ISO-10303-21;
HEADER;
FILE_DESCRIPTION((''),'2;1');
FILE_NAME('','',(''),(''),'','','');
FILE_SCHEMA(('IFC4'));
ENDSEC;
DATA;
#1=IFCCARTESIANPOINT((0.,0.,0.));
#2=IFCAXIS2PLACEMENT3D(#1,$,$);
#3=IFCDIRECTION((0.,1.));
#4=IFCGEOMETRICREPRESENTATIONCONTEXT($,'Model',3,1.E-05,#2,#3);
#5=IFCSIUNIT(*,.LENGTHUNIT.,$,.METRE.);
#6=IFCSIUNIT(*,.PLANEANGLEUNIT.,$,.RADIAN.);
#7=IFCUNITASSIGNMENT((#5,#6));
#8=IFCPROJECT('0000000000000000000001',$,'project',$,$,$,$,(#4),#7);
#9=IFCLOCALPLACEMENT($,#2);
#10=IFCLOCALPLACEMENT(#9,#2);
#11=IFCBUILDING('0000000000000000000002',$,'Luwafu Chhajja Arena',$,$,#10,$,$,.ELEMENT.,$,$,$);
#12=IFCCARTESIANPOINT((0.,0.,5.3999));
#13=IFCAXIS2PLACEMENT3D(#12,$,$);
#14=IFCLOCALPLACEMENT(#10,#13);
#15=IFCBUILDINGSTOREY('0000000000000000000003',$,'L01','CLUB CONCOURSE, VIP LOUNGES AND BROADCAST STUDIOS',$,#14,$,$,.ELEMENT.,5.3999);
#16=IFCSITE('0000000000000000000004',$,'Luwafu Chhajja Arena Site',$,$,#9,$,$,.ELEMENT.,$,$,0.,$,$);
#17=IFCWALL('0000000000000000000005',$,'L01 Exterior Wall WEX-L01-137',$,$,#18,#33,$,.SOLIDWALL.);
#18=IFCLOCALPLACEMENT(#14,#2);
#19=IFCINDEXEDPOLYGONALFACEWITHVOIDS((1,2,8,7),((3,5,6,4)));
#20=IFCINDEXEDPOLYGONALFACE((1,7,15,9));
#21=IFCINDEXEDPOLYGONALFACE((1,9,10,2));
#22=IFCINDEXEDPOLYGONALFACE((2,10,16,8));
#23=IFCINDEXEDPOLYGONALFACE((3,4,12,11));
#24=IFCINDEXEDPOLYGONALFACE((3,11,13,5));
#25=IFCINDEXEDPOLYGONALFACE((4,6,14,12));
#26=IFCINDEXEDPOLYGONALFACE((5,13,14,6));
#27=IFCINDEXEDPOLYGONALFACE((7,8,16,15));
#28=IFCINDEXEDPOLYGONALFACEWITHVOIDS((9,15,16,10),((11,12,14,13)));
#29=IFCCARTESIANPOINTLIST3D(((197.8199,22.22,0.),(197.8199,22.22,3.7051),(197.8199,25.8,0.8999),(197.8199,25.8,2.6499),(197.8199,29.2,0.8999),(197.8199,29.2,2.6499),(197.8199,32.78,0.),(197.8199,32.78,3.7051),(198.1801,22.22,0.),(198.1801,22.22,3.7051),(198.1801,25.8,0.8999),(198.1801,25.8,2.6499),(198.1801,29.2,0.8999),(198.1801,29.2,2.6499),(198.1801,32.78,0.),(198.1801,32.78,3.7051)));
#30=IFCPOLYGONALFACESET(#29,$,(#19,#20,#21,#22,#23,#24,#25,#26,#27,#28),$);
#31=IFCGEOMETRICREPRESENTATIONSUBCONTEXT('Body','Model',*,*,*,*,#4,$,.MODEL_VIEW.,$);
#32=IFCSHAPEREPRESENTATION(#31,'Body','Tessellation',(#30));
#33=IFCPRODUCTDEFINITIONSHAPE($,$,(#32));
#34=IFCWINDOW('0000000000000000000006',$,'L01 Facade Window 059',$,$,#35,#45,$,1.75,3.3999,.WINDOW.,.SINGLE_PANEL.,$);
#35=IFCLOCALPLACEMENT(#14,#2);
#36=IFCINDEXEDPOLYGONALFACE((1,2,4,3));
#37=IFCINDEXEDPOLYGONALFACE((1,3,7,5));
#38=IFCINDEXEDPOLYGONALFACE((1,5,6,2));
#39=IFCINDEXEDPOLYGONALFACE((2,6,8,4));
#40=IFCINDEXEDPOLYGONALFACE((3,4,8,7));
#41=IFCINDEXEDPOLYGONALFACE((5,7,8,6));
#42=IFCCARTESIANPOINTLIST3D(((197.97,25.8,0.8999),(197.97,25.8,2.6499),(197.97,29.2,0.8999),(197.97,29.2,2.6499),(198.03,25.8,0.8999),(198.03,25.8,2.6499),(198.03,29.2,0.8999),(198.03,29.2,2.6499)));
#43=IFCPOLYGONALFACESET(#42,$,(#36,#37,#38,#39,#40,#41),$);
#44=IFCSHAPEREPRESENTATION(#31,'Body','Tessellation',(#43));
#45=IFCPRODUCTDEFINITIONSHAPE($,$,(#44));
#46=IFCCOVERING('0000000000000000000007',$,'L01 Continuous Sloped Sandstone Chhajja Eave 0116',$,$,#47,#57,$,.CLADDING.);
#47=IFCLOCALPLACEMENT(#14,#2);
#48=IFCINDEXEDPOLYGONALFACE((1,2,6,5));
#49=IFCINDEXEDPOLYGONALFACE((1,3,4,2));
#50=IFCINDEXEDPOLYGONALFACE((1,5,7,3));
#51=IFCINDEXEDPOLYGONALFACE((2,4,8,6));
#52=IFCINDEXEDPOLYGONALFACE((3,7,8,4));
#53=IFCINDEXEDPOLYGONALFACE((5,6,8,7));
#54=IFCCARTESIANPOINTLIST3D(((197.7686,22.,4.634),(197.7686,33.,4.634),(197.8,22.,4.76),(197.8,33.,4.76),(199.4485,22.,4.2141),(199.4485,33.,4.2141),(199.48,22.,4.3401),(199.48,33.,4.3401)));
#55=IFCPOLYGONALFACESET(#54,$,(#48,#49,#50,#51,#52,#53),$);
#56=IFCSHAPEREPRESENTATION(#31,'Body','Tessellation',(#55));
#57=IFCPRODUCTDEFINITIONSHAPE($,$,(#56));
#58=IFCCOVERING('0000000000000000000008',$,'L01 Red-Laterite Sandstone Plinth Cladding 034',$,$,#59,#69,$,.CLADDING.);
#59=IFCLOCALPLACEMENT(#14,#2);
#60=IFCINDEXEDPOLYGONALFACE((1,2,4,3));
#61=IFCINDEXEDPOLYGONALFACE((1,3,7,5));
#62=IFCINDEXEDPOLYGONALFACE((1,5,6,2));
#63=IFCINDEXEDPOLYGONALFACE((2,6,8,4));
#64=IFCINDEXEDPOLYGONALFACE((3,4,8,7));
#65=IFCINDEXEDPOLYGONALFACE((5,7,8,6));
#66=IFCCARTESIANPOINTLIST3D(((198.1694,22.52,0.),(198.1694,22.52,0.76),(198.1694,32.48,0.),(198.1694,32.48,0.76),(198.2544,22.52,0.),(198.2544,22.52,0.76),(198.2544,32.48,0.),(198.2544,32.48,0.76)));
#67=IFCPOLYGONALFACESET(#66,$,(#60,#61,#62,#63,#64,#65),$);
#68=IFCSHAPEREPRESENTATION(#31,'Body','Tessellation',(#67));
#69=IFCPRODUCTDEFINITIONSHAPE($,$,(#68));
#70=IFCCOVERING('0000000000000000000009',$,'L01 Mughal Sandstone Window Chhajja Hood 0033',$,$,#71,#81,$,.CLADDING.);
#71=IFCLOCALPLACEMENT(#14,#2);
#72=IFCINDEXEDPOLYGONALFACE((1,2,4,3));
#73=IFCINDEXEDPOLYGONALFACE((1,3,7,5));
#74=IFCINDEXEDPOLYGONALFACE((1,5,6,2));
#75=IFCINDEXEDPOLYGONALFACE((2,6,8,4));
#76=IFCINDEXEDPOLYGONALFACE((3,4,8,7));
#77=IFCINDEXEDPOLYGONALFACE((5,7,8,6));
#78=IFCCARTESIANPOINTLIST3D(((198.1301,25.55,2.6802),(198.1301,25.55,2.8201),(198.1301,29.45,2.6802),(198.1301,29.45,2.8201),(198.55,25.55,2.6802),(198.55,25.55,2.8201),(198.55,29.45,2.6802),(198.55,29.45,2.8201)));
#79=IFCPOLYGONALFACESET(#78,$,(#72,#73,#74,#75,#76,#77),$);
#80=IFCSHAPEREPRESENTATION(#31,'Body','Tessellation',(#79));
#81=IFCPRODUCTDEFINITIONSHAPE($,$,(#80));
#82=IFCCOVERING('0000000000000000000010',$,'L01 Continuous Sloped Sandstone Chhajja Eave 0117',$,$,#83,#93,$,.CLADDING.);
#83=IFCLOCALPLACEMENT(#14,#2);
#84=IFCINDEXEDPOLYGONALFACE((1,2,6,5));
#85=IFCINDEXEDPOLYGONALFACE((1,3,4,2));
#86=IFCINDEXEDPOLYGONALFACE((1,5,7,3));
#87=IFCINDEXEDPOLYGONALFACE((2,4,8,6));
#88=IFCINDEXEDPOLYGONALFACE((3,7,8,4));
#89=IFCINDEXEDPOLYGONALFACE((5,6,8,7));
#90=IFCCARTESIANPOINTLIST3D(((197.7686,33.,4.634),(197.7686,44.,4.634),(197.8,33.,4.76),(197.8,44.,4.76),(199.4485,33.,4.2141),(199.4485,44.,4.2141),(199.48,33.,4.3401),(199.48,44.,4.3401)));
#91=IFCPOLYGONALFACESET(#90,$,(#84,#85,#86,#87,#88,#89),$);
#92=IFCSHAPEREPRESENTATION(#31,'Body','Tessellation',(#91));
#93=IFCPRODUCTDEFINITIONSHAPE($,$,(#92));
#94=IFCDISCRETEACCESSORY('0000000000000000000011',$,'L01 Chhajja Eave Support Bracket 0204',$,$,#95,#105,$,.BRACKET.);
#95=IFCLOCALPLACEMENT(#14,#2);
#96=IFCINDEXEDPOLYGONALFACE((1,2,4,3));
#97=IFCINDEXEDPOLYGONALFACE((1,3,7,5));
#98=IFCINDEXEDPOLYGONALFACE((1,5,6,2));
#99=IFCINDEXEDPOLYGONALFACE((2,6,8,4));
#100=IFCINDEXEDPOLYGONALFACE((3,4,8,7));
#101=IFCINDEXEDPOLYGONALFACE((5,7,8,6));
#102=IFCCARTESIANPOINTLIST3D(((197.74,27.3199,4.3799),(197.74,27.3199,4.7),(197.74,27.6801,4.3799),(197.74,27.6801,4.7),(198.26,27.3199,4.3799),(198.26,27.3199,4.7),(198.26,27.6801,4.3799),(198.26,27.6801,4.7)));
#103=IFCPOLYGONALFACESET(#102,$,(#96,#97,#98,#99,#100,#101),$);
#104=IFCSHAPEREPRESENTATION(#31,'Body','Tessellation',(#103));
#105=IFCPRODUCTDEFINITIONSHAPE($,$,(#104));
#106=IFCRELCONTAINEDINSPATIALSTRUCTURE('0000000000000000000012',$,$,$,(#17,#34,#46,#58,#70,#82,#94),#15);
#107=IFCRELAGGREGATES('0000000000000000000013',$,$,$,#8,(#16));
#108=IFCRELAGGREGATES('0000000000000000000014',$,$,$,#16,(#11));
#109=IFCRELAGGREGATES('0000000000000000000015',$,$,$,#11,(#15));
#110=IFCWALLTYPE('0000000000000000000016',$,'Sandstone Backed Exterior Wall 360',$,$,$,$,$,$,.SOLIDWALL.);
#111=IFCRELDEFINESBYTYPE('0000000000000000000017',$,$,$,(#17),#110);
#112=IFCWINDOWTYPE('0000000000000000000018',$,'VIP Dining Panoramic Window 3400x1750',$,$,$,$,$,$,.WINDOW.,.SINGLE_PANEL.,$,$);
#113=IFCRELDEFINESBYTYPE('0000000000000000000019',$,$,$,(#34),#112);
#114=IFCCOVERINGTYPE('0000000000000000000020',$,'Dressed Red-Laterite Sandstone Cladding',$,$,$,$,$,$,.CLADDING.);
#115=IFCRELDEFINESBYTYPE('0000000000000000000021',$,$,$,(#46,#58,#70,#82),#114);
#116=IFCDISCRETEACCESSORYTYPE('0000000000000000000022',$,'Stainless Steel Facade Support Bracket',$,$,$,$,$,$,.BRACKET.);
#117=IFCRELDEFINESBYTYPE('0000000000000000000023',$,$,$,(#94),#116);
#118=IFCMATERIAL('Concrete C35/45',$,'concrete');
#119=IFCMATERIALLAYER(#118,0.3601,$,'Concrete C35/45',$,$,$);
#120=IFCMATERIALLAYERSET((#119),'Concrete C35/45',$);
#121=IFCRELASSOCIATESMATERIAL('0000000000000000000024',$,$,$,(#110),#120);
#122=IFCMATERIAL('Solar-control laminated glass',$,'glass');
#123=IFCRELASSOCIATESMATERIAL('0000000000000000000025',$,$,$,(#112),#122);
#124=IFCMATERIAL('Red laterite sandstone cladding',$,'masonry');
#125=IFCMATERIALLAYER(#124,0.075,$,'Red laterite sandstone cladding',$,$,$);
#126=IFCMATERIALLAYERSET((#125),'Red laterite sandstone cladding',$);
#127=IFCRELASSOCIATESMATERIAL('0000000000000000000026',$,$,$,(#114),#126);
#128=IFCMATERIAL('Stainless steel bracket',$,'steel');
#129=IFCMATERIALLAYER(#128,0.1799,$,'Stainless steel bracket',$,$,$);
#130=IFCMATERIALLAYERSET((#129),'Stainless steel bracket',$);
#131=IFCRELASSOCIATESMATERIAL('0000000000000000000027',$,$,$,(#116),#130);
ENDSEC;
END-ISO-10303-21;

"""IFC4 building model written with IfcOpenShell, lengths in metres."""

from ifc_helpers import new_model, si_unit, direction, frame, frame_2d, origin, origin_2d, place, context, subcontext, project, spatial, polyline, rectangle, outline, extrude, material, layer, layer_set, type_object, element, fill, save


model = new_model("IFC4")

# Units and contexts
model_context = context("Model", 3, precision=1e-05, world=origin(), true_north=direction((0.0, 1.0)))
body_context = subcontext(model_context, "Body", "Model", "MODEL_VIEW")
ifc_project = project(units=[si_unit("LENGTHUNIT", "METRE"), si_unit("PLANEANGLEUNIT", "RADIAN")], contexts=[model_context])

# Site, building, storey
site_placement = place(None, origin())
site = spatial("IfcSite", under=ifc_project, at=site_placement, Name="Luwafu Chhajja Arena Site", CompositionType="ELEMENT", RefElevation=0.0)
building_placement = place(site_placement, origin())
building = spatial("IfcBuilding", under=site, at=building_placement, Name="Luwafu Chhajja Arena", CompositionType="ELEMENT")
storey_placement = place(building_placement, frame((0.0, 0.0, 5.3999)))
storey = spatial("IfcBuildingStorey", under=building, at=storey_placement, Name="L01", Description="CLUB CONCOURSE, VIP LOUNGES AND BROADCAST STUDIOS", CompositionType="ELEMENT", Elevation=5.3999)

# Shared definitions
ifc_material_1 = material(Name="Concrete C35/45", Category="concrete")

# Shared definitions
ifc_material_2 = material(Name="Solar-control laminated glass", Category="glass")

# Wall, opening, window
ifc_layer_1 = layer(ifc_material_1, 0.3601, Name="Concrete C35/45")
ifc_layer_set_1 = layer_set([ifc_layer_1], Name="Concrete C35/45")
wall_type_1 = type_object("IfcWallType", Name="Sandstone Backed Exterior Wall 360", PredefinedType="SOLIDWALL", material=ifc_layer_set_1)
wall_1_placement = place(storey_placement, frame((198.0, 22.22, 0.0), z_axis=(0.0, 0.0, 1.0), x_axis=(0.0, 1.0, 0.0)))
wall_1 = element("IfcWall", 1, at=wall_1_placement, inside=storey, type_object=wall_type_1, Name="L01 Exterior Wall WEX-L01-137", PredefinedType="SOLIDWALL", context=body_context, shape_type="SweptSolid", body=[
    extrude(rectangle(XDim=10.5601, YDim=0.3601, at=frame_2d((5.28, 0.0))), origin(), (0.0, 0.0, 1.0), 3.7051),
])
opening_1_placement = place(wall_1_placement, frame((3.5801, 0.0, 0.8999)))
opening_1 = element("IfcOpeningElement", 2, at=opening_1_placement, cuts=wall_1, PredefinedType="OPENING", context=body_context, shape_type="SweptSolid", body=[
    extrude(rectangle(XDim=3.3999, YDim=1.75, at=frame_2d((1.7, 0.875))), frame((0.0, 0.1899, 0.0), z_axis=(0.0, -1.0, 0.0), x_axis=(1.0, 0.0, 0.0)), (0.0, 0.0, 1.0), 0.3801),
])
window_type = type_object("IfcWindowType", Name="VIP Dining Panoramic Window 3400x1750", PartitioningType="SINGLE_PANEL", PredefinedType="WINDOW", material=ifc_material_2)
window_placement = place(opening_1_placement, origin())
window = element("IfcWindow", 3, at=window_placement, inside=storey, type_object=window_type, Name="L01 Facade Window 059", OverallHeight=1.75, OverallWidth=3.3999, PartitioningType="SINGLE_PANEL", PredefinedType="WINDOW", context=body_context, shape_type="SweptSolid", body=[
    extrude(rectangle(XDim=3.3999, YDim=1.75, at=frame_2d((1.7, 0.875))), frame((0.0, 0.03, 0.0), z_axis=(0.0, -1.0, 0.0), x_axis=(1.0, 0.0, 0.0)), (0.0, 0.0, 1.0), 0.0601),
])
fill(opening_1, window)

# Coverings
ifc_material_3 = material(Name="Red laterite sandstone cladding", Category="masonry")
ifc_layer_2 = layer(ifc_material_3, 0.075, Name="Red laterite sandstone cladding")
ifc_layer_set_2 = layer_set([ifc_layer_2], Name="Red laterite sandstone cladding")
covering_type = type_object("IfcCoveringType", Name="Dressed Red-Laterite Sandstone Cladding", PredefinedType="CLADDING", material=ifc_layer_set_2)
covering_1_placement = place(storey_placement, frame((197.8, 22.0, 4.76), z_axis=(0.242502, 0.0, 0.970151), x_axis=(0.0, 1.0, 0.0)))
element("IfcCovering", 4, at=covering_1_placement, inside=storey, type_object=covering_type, Name="L01 Continuous Sloped Sandstone Chhajja Eave 0116", PredefinedType="CLADDING", context=body_context, shape_type="SweptSolid", body=[
    extrude(outline(polyline([(0.0, 0.0), (11.0, 0.0), (11.0, -1.7316), (0.0, -1.7316), (0.0, 0.0)])), origin(), (0.0, 0.0, -1.0), 0.1299),
])
covering_2_placement = place(storey_placement, frame((198.2119, 27.5, 0.0), z_axis=(0.0, 0.0, 1.0), x_axis=(0.0, 1.0, 0.0)))
element("IfcCovering", 5, at=covering_2_placement, inside=storey, type_object=covering_type, Name="L01 Red-Laterite Sandstone Plinth Cladding 034", PredefinedType="CLADDING", context=body_context, shape_type="SweptSolid", body=[
    extrude(rectangle(XDim=9.96, YDim=0.085, at=origin_2d()), origin(), (0.0, 0.0, 1.0), 0.76),
])
covering_3_placement = place(storey_placement, frame((198.3401, 27.5, 2.6802), z_axis=(0.0, 0.0, 1.0), x_axis=(0.0, 1.0, 0.0)))
element("IfcCovering", 6, at=covering_3_placement, inside=storey, type_object=covering_type, Name="L01 Mughal Sandstone Window Chhajja Hood 0033", PredefinedType="CLADDING", context=body_context, shape_type="SweptSolid", body=[
    extrude(rectangle(XDim=3.8999, YDim=0.4199, at=origin_2d()), origin(), (0.0, 0.0, 1.0), 0.1399),
])
covering_4_placement = place(storey_placement, frame((197.8, 33.0, 4.76), z_axis=(0.242502, 0.0, 0.970151), x_axis=(0.0, 1.0, 0.0)))
element("IfcCovering", 7, at=covering_4_placement, inside=storey, type_object=covering_type, Name="L01 Continuous Sloped Sandstone Chhajja Eave 0117", PredefinedType="CLADDING", context=body_context, shape_type="SweptSolid", body=[
    extrude(outline(polyline([(0.0, 0.0), (11.0, 0.0), (11.0, -1.7316), (0.0, -1.7316), (0.0, 0.0)])), origin(), (0.0, 0.0, -1.0), 0.1299),
])

# Discrete accessory
ifc_material_4 = material(Name="Stainless steel bracket", Category="steel")
ifc_layer_3 = layer(ifc_material_4, 0.1799, Name="Stainless steel bracket")
ifc_layer_set_3 = layer_set([ifc_layer_3], Name="Stainless steel bracket")
discrete_accessory_type = type_object("IfcDiscreteAccessoryType", Name="Stainless Steel Facade Support Bracket", PredefinedType="BRACKET", material=ifc_layer_set_3)
discrete_accessory_placement = place(storey_placement, frame((198.0, 27.5, 4.3799), z_axis=(0.0, 0.0, 1.0), x_axis=(0.0, 1.0, 0.0)))
element("IfcDiscreteAccessory", 8, at=discrete_accessory_placement, inside=storey, type_object=discrete_accessory_type, Name="L01 Chhajja Eave Support Bracket 0204", PredefinedType="BRACKET", context=body_context, shape_type="SweptSolid", body=[
    extrude(rectangle(XDim=0.3601, YDim=0.52, at=origin_2d()), origin(), (0.0, 0.0, 1.0), 0.3201),
])

save(model, "model.ifc")
